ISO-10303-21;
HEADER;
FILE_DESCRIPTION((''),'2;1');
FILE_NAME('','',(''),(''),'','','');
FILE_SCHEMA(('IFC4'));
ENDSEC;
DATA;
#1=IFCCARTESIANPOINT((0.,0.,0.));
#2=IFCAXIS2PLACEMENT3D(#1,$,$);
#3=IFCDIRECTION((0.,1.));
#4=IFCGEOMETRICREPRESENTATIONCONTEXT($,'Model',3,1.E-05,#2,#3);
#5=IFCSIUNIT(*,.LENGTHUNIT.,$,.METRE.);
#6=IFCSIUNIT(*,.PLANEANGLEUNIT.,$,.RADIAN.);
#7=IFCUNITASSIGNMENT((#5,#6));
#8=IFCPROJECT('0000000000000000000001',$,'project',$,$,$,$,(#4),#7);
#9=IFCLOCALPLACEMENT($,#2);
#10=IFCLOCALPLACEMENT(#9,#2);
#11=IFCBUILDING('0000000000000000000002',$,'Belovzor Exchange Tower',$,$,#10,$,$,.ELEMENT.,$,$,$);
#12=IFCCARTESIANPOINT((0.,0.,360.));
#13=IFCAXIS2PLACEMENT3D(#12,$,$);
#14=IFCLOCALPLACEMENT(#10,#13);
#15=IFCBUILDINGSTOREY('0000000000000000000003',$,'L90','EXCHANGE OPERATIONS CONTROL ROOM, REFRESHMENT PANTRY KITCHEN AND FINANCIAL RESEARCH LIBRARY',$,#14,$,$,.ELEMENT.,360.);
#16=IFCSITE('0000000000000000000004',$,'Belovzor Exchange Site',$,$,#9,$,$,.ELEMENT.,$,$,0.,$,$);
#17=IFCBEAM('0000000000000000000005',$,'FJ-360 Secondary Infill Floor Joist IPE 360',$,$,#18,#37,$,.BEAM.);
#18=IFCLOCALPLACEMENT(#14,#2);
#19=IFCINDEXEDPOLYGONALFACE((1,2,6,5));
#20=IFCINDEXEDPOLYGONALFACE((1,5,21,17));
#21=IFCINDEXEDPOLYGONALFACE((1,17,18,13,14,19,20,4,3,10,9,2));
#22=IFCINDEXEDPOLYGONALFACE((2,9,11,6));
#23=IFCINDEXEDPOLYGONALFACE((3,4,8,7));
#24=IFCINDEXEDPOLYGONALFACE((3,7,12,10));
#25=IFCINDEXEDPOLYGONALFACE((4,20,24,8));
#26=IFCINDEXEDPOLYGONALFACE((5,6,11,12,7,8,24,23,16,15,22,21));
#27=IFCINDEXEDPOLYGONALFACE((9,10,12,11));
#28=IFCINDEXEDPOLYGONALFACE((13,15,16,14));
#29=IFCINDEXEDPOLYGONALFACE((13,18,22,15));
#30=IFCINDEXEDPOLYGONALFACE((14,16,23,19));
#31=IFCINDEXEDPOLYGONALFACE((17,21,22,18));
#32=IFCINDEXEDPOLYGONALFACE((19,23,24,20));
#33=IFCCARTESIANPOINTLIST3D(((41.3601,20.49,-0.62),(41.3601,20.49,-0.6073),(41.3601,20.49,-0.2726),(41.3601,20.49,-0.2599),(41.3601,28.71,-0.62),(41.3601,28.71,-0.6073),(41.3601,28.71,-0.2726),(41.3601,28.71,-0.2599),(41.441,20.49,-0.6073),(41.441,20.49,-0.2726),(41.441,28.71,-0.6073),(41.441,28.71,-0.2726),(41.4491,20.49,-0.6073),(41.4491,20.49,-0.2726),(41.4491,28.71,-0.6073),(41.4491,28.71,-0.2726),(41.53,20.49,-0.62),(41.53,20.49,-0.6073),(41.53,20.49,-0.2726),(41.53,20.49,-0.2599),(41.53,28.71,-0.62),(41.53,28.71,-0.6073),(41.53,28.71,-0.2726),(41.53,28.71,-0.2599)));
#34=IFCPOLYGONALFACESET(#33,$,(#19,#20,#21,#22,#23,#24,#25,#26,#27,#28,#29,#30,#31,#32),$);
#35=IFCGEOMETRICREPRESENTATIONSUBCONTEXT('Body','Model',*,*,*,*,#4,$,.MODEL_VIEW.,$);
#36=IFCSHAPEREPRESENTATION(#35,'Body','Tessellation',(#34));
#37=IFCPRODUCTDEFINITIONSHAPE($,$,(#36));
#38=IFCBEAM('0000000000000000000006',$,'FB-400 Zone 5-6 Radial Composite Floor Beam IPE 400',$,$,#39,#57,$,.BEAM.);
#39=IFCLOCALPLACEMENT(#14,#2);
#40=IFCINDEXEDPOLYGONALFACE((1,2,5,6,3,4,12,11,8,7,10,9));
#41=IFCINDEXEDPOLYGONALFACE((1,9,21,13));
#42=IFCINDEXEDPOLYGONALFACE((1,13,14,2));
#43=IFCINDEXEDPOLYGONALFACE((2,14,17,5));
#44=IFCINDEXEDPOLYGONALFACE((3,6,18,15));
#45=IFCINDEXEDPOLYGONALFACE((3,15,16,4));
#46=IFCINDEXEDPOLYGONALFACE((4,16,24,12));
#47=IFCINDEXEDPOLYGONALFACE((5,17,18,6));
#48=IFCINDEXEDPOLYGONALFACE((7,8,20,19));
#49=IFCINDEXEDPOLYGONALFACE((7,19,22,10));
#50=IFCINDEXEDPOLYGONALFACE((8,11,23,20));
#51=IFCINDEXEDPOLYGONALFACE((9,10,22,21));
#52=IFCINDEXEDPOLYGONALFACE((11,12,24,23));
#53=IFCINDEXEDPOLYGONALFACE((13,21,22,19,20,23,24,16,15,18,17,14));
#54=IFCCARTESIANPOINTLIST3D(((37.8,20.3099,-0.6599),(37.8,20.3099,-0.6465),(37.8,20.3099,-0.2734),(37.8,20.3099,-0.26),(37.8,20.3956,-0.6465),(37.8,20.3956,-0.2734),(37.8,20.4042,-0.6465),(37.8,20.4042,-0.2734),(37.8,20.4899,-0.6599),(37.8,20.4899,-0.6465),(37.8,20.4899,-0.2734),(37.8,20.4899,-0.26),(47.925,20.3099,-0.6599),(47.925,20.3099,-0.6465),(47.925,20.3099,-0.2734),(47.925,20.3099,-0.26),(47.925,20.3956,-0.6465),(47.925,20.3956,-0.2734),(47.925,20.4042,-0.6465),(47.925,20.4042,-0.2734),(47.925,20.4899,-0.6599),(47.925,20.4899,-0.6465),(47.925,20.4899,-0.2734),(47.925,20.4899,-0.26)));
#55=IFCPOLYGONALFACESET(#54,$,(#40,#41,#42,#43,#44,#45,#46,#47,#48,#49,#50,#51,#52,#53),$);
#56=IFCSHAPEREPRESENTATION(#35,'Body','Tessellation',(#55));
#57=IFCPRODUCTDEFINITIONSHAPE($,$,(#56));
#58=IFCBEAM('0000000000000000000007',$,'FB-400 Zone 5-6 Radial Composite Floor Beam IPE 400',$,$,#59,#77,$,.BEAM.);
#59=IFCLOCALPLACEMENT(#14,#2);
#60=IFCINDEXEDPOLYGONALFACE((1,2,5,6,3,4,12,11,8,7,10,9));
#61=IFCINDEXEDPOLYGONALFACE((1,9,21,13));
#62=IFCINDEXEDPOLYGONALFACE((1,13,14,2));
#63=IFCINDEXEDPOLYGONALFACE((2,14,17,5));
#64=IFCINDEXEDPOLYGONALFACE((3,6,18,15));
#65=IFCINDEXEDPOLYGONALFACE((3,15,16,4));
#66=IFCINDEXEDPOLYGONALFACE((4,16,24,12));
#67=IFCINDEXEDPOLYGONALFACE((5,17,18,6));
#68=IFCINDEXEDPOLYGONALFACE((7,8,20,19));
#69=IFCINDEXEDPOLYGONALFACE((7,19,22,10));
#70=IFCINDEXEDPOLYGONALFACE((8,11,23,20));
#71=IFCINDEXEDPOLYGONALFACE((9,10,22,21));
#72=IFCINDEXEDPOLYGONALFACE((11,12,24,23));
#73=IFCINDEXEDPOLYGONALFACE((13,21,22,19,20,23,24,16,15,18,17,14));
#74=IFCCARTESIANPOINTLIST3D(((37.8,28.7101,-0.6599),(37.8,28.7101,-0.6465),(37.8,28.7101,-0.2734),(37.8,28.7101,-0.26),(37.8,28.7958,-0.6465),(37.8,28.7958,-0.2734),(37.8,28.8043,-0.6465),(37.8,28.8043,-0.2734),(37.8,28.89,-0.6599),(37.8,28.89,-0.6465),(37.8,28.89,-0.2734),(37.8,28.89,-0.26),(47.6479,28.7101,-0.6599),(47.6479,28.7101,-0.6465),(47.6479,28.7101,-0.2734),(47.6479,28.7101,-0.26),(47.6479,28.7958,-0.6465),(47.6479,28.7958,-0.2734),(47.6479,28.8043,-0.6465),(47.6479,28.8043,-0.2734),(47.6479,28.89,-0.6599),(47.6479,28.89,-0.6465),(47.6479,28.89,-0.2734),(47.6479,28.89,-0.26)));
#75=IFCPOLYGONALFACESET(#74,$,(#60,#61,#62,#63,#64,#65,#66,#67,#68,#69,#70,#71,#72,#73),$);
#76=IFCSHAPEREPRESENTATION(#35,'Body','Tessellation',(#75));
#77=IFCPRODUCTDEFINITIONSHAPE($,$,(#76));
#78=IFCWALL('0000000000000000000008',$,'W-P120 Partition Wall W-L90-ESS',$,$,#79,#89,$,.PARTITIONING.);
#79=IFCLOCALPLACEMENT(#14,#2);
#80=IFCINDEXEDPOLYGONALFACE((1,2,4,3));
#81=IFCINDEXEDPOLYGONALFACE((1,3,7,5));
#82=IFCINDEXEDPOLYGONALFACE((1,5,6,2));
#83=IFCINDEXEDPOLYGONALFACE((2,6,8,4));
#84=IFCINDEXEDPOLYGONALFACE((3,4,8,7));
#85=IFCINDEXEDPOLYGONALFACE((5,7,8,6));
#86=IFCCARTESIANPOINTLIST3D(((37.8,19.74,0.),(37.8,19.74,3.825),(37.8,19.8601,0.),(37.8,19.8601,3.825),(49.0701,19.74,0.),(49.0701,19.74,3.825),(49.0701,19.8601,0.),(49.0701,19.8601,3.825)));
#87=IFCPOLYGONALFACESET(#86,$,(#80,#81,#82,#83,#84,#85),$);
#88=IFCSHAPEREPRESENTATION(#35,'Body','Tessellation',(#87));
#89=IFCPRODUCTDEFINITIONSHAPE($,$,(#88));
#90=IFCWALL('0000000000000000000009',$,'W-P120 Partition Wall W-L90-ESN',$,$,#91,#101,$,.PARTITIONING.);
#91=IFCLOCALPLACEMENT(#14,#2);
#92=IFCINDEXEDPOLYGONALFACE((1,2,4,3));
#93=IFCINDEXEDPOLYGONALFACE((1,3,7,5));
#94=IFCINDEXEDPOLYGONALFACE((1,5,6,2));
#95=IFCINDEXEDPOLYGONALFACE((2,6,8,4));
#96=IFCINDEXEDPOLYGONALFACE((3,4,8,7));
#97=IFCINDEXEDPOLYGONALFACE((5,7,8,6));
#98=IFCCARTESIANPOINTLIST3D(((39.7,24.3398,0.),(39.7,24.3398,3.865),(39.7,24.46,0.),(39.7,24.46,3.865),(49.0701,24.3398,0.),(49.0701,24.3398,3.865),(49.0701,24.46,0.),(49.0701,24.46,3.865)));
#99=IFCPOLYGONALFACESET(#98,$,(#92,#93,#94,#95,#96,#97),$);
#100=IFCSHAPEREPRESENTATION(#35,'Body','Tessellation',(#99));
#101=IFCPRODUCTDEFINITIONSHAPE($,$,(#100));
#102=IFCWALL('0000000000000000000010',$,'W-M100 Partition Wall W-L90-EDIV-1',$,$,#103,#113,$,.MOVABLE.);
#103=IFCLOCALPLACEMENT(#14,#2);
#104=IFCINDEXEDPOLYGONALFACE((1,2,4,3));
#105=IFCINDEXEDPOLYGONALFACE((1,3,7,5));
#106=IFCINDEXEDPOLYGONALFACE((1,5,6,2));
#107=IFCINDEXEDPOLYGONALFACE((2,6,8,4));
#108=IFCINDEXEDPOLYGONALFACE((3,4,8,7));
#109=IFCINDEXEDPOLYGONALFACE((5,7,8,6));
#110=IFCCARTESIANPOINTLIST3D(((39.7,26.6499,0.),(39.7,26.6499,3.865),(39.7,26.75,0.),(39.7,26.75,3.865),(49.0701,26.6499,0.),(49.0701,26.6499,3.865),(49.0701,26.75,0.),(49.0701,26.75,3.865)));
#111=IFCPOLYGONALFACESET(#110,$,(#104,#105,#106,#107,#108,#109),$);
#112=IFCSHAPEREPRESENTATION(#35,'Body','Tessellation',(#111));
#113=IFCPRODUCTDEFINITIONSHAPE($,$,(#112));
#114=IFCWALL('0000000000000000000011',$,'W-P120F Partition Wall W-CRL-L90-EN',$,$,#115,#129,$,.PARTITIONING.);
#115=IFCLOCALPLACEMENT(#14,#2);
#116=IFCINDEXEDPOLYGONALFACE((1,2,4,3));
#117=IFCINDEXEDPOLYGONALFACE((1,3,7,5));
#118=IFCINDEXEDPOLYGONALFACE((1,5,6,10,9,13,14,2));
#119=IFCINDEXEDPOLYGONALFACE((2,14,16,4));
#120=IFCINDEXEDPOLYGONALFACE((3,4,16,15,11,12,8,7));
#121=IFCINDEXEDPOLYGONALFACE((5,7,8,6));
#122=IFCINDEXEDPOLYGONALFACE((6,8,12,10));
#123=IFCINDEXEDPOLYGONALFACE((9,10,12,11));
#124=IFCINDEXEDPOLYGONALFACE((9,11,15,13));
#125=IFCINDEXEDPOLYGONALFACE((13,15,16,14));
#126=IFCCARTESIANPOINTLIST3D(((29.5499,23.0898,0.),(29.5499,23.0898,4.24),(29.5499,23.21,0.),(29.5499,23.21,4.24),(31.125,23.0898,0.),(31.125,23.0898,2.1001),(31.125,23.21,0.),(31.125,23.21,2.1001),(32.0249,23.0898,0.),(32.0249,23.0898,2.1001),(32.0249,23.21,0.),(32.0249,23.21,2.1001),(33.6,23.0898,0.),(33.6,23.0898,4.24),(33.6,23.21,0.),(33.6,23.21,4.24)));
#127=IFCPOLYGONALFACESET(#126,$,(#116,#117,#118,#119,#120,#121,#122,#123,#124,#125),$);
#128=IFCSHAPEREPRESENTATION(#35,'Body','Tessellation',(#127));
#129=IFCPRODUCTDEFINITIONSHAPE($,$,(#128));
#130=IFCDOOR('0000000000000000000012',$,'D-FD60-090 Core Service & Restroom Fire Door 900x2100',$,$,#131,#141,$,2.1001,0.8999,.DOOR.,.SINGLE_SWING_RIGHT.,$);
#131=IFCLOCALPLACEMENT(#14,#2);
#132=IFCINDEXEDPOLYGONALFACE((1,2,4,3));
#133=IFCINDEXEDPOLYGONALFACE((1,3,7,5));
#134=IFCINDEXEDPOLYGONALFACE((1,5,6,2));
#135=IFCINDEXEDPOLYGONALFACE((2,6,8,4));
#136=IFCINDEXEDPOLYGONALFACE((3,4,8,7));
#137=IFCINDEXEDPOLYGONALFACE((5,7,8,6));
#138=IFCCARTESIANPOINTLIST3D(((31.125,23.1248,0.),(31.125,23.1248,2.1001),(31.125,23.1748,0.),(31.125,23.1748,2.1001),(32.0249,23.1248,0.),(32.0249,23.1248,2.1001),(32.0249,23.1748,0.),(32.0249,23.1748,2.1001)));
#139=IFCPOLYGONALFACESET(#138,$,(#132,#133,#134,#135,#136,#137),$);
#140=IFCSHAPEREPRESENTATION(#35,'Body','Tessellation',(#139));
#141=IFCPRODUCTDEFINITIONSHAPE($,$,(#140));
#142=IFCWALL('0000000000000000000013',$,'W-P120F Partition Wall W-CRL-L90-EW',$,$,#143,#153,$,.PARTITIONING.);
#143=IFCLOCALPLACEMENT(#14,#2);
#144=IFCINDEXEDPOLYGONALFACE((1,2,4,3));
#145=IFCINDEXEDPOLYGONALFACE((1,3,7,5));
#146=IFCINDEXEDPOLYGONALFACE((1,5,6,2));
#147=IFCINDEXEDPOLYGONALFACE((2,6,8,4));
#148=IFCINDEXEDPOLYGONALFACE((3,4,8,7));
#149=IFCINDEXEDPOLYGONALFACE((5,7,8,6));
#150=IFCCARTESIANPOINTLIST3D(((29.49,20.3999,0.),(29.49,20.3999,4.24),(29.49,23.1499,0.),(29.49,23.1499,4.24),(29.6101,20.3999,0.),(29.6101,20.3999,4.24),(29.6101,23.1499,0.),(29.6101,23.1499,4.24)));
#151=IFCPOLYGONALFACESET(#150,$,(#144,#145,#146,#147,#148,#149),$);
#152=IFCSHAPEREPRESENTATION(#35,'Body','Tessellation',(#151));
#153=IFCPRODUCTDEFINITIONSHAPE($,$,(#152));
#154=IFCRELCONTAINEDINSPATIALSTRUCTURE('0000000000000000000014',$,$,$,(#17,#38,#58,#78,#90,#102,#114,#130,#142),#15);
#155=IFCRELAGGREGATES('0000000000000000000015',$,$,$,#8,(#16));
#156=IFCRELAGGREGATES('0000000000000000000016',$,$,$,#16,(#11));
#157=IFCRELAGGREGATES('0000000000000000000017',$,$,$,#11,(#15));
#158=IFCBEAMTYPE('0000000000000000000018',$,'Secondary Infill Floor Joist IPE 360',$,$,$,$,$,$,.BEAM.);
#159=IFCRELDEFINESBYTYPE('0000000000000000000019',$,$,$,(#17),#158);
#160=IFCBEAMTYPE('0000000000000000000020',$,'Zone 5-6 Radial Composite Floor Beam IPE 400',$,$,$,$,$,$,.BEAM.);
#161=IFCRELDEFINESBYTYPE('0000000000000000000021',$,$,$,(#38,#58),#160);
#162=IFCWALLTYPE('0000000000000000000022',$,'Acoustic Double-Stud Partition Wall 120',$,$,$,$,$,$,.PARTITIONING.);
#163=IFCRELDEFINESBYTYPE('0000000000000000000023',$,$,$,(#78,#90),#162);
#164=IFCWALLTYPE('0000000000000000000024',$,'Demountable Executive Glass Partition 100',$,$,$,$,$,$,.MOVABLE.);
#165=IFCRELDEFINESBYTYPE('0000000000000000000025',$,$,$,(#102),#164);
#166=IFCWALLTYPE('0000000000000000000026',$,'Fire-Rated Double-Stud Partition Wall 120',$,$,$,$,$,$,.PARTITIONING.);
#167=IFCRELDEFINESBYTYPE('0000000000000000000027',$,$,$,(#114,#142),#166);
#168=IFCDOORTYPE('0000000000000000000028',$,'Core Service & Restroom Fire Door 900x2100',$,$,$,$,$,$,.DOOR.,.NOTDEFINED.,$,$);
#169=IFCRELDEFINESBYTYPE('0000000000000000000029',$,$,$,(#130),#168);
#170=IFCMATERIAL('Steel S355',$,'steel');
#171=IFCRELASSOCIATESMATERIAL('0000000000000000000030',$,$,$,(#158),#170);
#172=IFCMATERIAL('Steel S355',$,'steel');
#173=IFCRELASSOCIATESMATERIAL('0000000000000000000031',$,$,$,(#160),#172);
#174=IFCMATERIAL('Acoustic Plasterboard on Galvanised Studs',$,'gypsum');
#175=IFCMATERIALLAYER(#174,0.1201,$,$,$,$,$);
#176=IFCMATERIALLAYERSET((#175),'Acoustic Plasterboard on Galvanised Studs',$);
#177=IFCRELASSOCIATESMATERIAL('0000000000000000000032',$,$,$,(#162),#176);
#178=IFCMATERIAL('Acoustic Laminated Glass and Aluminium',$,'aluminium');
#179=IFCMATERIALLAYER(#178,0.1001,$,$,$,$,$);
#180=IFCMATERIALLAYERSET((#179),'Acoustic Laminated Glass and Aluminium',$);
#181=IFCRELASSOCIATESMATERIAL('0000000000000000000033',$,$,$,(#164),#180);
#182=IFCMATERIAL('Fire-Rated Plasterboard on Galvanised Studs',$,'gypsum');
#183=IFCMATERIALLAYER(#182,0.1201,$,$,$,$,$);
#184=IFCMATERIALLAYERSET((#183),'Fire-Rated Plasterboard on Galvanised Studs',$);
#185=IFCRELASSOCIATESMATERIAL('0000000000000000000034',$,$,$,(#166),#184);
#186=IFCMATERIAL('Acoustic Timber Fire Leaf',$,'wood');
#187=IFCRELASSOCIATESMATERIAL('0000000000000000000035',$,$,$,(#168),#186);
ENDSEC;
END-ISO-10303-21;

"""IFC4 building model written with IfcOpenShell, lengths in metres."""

from ifc_helpers import new_model, si_unit, direction, frame, frame_2d, origin, origin_2d, place, context, subcontext, project, spatial, rectangle, i_section, extrude, material, layer, layer_set, material_profile, profile_set, type_object, element, fill, save


model = new_model("IFC4")

# Units and contexts
model_context = context("Model", 3, precision=1e-05, world=origin(), true_north=direction((0.0, 1.0)))
body_context = subcontext(model_context, "Body", "Model", "MODEL_VIEW")
ifc_project = project(units=[si_unit("LENGTHUNIT", "METRE"), si_unit("PLANEANGLEUNIT", "RADIAN")], contexts=[model_context])

# Site, building, storey
site_placement = place(None, origin())
site = spatial("IfcSite", under=ifc_project, at=site_placement, Name="Belovzor Exchange Site", CompositionType="ELEMENT", RefElevation=0.0)
building_placement = place(site_placement, origin())
building = spatial("IfcBuilding", under=site, at=building_placement, Name="Belovzor Exchange Tower", CompositionType="ELEMENT")
storey_placement = place(building_placement, frame((0.0, 0.0, 360.0)))
storey = spatial("IfcBuildingStorey", under=building, at=storey_placement, Name="L90", Description="EXCHANGE OPERATIONS CONTROL ROOM, REFRESHMENT PANTRY KITCHEN AND FINANCIAL RESEARCH LIBRARY", CompositionType="ELEMENT", Elevation=360.0)

# Beams
ifc_material_1 = material(Name="Steel S355", Category="steel")
ifc_material_profile_1 = material_profile(ifc_material_1, i_section(OverallWidth=0.1699, OverallDepth=0.3601, WebThickness=0.0081, FlangeThickness=0.0127, at=origin_2d()))
ifc_profile_set_1 = profile_set([ifc_material_profile_1], Name="Steel S355")
beam_type_1 = type_object("IfcBeamType", Name="Secondary Infill Floor Joist IPE 360", PredefinedType="BEAM", material=ifc_profile_set_1)
beam_1_placement = place(storey_placement, frame((41.4451, 20.49, -0.4399), z_axis=(0.0, 1.0, 0.0), x_axis=(-1.0, 0.0, 0.0)))
element("IfcBeam", 1, at=beam_1_placement, inside=storey, type_object=beam_type_1, Name="FJ-360 Secondary Infill Floor Joist IPE 360", PredefinedType="BEAM", context=body_context, shape_type="SweptSolid", body=[
    extrude(i_section(OverallWidth=0.1699, OverallDepth=0.3601, WebThickness=0.0081, FlangeThickness=0.0127, at=origin_2d()), origin(), (0.0, 0.0, 1.0), 8.22),
])
ifc_material_2 = material(Name="Steel S355", Category="steel")
ifc_material_profile_2 = material_profile(ifc_material_2, i_section(OverallWidth=0.1799, OverallDepth=0.3999, WebThickness=0.0085, FlangeThickness=0.0134, at=origin_2d()))
ifc_profile_set_2 = profile_set([ifc_material_profile_2], Name="Steel S355")
beam_type_2 = type_object("IfcBeamType", Name="Zone 5-6 Radial Composite Floor Beam IPE 400", PredefinedType="BEAM", material=ifc_profile_set_2)
beam_2_placement = place(storey_placement, frame((37.8, 20.3999, -0.46), z_axis=(1.0, 0.0, 0.0), x_axis=(0.0, 1.0, 0.0)))
element("IfcBeam", 2, at=beam_2_placement, inside=storey, type_object=beam_type_2, Name="FB-400 Zone 5-6 Radial Composite Floor Beam IPE 400", PredefinedType="BEAM", context=body_context, shape_type="SweptSolid", body=[
    extrude(i_section(OverallWidth=0.1799, OverallDepth=0.3999, WebThickness=0.0085, FlangeThickness=0.0134, at=origin_2d()), origin(), (0.0, 0.0, 1.0), 10.125),
])
beam_3_placement = place(storey_placement, frame((37.8, 28.8, -0.46), z_axis=(1.0, 0.0, 0.0), x_axis=(0.0, 1.0, 0.0)))
element("IfcBeam", 3, at=beam_3_placement, inside=storey, type_object=beam_type_2, Name="FB-400 Zone 5-6 Radial Composite Floor Beam IPE 400", PredefinedType="BEAM", context=body_context, shape_type="SweptSolid", body=[
    extrude(i_section(OverallWidth=0.1799, OverallDepth=0.3999, WebThickness=0.0085, FlangeThickness=0.0134, at=origin_2d()), origin(), (0.0, 0.0, 1.0), 9.8479),
])

# Walls
ifc_material_3 = material(Name="Acoustic Plasterboard on Galvanised Studs", Category="gypsum")
ifc_layer_1 = layer(ifc_material_3, 0.1201)
ifc_layer_set_1 = layer_set([ifc_layer_1], Name="Acoustic Plasterboard on Galvanised Studs")
wall_type_1 = type_object("IfcWallType", Name="Acoustic Double-Stud Partition Wall 120", PredefinedType="PARTITIONING", material=ifc_layer_set_1)
wall_1_placement = place(storey_placement, frame((37.8, 19.8, 0.0), z_axis=(0.0, 0.0, 1.0), x_axis=(1.0, 0.0, 0.0)))
element("IfcWall", 4, at=wall_1_placement, inside=storey, type_object=wall_type_1, Name="W-P120 Partition Wall W-L90-ESS", PredefinedType="PARTITIONING", context=body_context, shape_type="SweptSolid", body=[
    extrude(rectangle(XDim=11.27, YDim=0.1201, at=frame_2d((5.635, 0.0))), origin(), (0.0, 0.0, 1.0), 3.825),
])
wall_2_placement = place(storey_placement, frame((39.7, 24.3999, 0.0), z_axis=(0.0, 0.0, 1.0), x_axis=(1.0, 0.0, 0.0)))
element("IfcWall", 5, at=wall_2_placement, inside=storey, type_object=wall_type_1, Name="W-P120 Partition Wall W-L90-ESN", PredefinedType="PARTITIONING", context=body_context, shape_type="SweptSolid", body=[
    extrude(rectangle(XDim=9.3701, YDim=0.1201, at=frame_2d((4.6851, 0.0))), origin(), (0.0, 0.0, 1.0), 3.865),
])
ifc_material_4 = material(Name="Acoustic Laminated Glass and Aluminium", Category="aluminium")
ifc_layer_2 = layer(ifc_material_4, 0.1001)
ifc_layer_set_2 = layer_set([ifc_layer_2], Name="Acoustic Laminated Glass and Aluminium")
wall_type_2 = type_object("IfcWallType", Name="Demountable Executive Glass Partition 100", PredefinedType="MOVABLE", material=ifc_layer_set_2)
wall_3_placement = place(storey_placement, frame((39.7, 26.7, 0.0), z_axis=(0.0, 0.0, 1.0), x_axis=(1.0, 0.0, 0.0)))
element("IfcWall", 6, at=wall_3_placement, inside=storey, type_object=wall_type_2, Name="W-M100 Partition Wall W-L90-EDIV-1", PredefinedType="MOVABLE", context=body_context, shape_type="SweptSolid", body=[
    extrude(rectangle(XDim=9.3701, YDim=0.1001, at=frame_2d((4.6851, 0.0))), origin(), (0.0, 0.0, 1.0), 3.865),
])

# Wall, opening, door
ifc_material_5 = material(Name="Fire-Rated Plasterboard on Galvanised Studs", Category="gypsum")
ifc_layer_3 = layer(ifc_material_5, 0.1201)
ifc_layer_set_3 = layer_set([ifc_layer_3], Name="Fire-Rated Plasterboard on Galvanised Studs")
wall_type_3 = type_object("IfcWallType", Name="Fire-Rated Double-Stud Partition Wall 120", PredefinedType="PARTITIONING", material=ifc_layer_set_3)
wall_4_placement = place(storey_placement, frame((29.55, 23.1499, 0.0), z_axis=(0.0, 0.0, 1.0), x_axis=(1.0, 0.0, 0.0)))
wall_4 = element("IfcWall", 7, at=wall_4_placement, inside=storey, type_object=wall_type_3, Name="W-P120F Partition Wall W-CRL-L90-EN", PredefinedType="PARTITIONING", context=body_context, shape_type="SweptSolid", body=[
    extrude(rectangle(XDim=4.05, YDim=0.1201, at=frame_2d((2.0249, 0.0))), origin(), (0.0, 0.0, 1.0), 4.24),
])
opening_1_placement = place(wall_4_placement, frame((1.575, 0.0, 0.0)))
opening_1 = element("IfcOpeningElement", 8, at=opening_1_placement, cuts=wall_4, PredefinedType="OPENING", context=body_context, shape_type="SweptSolid", body=[
    extrude(rectangle(XDim=0.8999, YDim=2.1001, at=frame_2d((0.45, 1.05))), frame((0.0, 0.0701, 0.0), z_axis=(0.0, -1.0, 0.0), x_axis=(1.0, 0.0, 0.0)), (0.0, 0.0, 1.0), 0.1401),
])
ifc_material_6 = material(Name="Acoustic Timber Fire Leaf", Category="wood")
door_type_1 = type_object("IfcDoorType", Name="Core Service & Restroom Fire Door 900x2100", OperationType="NOTDEFINED", PredefinedType="DOOR", material=ifc_material_6)
door_1_placement = place(opening_1_placement, origin())
door_1 = element("IfcDoor", 9, at=door_1_placement, inside=storey, type_object=door_type_1, Name="D-FD60-090 Core Service & Restroom Fire Door 900x2100", OperationType="SINGLE_SWING_RIGHT", OverallHeight=2.1001, OverallWidth=0.8999, PredefinedType="DOOR", context=body_context, shape_type="SweptSolid", body=[
    extrude(rectangle(XDim=0.8999, YDim=2.1001, at=frame_2d((0.45, 1.05))), frame((0.0, 0.0249, 0.0), z_axis=(0.0, -1.0, 0.0), x_axis=(1.0, 0.0, 0.0)), (0.0, 0.0, 1.0), 0.05),
])
fill(opening_1, door_1)

# Wall
wall_5_placement = place(storey_placement, frame((29.55, 20.3999, 0.0), z_axis=(0.0, 0.0, 1.0), x_axis=(0.0, 1.0, 0.0)))
element("IfcWall", 10, at=wall_5_placement, inside=storey, type_object=wall_type_3, Name="W-P120F Partition Wall W-CRL-L90-EW", PredefinedType="PARTITIONING", context=body_context, shape_type="SweptSolid", body=[
    extrude(rectangle(XDim=2.75, YDim=0.1201, at=frame_2d((1.375, 0.0))), origin(), (0.0, 0.0, 1.0), 4.24),
])

save(model, "model.ifc")
